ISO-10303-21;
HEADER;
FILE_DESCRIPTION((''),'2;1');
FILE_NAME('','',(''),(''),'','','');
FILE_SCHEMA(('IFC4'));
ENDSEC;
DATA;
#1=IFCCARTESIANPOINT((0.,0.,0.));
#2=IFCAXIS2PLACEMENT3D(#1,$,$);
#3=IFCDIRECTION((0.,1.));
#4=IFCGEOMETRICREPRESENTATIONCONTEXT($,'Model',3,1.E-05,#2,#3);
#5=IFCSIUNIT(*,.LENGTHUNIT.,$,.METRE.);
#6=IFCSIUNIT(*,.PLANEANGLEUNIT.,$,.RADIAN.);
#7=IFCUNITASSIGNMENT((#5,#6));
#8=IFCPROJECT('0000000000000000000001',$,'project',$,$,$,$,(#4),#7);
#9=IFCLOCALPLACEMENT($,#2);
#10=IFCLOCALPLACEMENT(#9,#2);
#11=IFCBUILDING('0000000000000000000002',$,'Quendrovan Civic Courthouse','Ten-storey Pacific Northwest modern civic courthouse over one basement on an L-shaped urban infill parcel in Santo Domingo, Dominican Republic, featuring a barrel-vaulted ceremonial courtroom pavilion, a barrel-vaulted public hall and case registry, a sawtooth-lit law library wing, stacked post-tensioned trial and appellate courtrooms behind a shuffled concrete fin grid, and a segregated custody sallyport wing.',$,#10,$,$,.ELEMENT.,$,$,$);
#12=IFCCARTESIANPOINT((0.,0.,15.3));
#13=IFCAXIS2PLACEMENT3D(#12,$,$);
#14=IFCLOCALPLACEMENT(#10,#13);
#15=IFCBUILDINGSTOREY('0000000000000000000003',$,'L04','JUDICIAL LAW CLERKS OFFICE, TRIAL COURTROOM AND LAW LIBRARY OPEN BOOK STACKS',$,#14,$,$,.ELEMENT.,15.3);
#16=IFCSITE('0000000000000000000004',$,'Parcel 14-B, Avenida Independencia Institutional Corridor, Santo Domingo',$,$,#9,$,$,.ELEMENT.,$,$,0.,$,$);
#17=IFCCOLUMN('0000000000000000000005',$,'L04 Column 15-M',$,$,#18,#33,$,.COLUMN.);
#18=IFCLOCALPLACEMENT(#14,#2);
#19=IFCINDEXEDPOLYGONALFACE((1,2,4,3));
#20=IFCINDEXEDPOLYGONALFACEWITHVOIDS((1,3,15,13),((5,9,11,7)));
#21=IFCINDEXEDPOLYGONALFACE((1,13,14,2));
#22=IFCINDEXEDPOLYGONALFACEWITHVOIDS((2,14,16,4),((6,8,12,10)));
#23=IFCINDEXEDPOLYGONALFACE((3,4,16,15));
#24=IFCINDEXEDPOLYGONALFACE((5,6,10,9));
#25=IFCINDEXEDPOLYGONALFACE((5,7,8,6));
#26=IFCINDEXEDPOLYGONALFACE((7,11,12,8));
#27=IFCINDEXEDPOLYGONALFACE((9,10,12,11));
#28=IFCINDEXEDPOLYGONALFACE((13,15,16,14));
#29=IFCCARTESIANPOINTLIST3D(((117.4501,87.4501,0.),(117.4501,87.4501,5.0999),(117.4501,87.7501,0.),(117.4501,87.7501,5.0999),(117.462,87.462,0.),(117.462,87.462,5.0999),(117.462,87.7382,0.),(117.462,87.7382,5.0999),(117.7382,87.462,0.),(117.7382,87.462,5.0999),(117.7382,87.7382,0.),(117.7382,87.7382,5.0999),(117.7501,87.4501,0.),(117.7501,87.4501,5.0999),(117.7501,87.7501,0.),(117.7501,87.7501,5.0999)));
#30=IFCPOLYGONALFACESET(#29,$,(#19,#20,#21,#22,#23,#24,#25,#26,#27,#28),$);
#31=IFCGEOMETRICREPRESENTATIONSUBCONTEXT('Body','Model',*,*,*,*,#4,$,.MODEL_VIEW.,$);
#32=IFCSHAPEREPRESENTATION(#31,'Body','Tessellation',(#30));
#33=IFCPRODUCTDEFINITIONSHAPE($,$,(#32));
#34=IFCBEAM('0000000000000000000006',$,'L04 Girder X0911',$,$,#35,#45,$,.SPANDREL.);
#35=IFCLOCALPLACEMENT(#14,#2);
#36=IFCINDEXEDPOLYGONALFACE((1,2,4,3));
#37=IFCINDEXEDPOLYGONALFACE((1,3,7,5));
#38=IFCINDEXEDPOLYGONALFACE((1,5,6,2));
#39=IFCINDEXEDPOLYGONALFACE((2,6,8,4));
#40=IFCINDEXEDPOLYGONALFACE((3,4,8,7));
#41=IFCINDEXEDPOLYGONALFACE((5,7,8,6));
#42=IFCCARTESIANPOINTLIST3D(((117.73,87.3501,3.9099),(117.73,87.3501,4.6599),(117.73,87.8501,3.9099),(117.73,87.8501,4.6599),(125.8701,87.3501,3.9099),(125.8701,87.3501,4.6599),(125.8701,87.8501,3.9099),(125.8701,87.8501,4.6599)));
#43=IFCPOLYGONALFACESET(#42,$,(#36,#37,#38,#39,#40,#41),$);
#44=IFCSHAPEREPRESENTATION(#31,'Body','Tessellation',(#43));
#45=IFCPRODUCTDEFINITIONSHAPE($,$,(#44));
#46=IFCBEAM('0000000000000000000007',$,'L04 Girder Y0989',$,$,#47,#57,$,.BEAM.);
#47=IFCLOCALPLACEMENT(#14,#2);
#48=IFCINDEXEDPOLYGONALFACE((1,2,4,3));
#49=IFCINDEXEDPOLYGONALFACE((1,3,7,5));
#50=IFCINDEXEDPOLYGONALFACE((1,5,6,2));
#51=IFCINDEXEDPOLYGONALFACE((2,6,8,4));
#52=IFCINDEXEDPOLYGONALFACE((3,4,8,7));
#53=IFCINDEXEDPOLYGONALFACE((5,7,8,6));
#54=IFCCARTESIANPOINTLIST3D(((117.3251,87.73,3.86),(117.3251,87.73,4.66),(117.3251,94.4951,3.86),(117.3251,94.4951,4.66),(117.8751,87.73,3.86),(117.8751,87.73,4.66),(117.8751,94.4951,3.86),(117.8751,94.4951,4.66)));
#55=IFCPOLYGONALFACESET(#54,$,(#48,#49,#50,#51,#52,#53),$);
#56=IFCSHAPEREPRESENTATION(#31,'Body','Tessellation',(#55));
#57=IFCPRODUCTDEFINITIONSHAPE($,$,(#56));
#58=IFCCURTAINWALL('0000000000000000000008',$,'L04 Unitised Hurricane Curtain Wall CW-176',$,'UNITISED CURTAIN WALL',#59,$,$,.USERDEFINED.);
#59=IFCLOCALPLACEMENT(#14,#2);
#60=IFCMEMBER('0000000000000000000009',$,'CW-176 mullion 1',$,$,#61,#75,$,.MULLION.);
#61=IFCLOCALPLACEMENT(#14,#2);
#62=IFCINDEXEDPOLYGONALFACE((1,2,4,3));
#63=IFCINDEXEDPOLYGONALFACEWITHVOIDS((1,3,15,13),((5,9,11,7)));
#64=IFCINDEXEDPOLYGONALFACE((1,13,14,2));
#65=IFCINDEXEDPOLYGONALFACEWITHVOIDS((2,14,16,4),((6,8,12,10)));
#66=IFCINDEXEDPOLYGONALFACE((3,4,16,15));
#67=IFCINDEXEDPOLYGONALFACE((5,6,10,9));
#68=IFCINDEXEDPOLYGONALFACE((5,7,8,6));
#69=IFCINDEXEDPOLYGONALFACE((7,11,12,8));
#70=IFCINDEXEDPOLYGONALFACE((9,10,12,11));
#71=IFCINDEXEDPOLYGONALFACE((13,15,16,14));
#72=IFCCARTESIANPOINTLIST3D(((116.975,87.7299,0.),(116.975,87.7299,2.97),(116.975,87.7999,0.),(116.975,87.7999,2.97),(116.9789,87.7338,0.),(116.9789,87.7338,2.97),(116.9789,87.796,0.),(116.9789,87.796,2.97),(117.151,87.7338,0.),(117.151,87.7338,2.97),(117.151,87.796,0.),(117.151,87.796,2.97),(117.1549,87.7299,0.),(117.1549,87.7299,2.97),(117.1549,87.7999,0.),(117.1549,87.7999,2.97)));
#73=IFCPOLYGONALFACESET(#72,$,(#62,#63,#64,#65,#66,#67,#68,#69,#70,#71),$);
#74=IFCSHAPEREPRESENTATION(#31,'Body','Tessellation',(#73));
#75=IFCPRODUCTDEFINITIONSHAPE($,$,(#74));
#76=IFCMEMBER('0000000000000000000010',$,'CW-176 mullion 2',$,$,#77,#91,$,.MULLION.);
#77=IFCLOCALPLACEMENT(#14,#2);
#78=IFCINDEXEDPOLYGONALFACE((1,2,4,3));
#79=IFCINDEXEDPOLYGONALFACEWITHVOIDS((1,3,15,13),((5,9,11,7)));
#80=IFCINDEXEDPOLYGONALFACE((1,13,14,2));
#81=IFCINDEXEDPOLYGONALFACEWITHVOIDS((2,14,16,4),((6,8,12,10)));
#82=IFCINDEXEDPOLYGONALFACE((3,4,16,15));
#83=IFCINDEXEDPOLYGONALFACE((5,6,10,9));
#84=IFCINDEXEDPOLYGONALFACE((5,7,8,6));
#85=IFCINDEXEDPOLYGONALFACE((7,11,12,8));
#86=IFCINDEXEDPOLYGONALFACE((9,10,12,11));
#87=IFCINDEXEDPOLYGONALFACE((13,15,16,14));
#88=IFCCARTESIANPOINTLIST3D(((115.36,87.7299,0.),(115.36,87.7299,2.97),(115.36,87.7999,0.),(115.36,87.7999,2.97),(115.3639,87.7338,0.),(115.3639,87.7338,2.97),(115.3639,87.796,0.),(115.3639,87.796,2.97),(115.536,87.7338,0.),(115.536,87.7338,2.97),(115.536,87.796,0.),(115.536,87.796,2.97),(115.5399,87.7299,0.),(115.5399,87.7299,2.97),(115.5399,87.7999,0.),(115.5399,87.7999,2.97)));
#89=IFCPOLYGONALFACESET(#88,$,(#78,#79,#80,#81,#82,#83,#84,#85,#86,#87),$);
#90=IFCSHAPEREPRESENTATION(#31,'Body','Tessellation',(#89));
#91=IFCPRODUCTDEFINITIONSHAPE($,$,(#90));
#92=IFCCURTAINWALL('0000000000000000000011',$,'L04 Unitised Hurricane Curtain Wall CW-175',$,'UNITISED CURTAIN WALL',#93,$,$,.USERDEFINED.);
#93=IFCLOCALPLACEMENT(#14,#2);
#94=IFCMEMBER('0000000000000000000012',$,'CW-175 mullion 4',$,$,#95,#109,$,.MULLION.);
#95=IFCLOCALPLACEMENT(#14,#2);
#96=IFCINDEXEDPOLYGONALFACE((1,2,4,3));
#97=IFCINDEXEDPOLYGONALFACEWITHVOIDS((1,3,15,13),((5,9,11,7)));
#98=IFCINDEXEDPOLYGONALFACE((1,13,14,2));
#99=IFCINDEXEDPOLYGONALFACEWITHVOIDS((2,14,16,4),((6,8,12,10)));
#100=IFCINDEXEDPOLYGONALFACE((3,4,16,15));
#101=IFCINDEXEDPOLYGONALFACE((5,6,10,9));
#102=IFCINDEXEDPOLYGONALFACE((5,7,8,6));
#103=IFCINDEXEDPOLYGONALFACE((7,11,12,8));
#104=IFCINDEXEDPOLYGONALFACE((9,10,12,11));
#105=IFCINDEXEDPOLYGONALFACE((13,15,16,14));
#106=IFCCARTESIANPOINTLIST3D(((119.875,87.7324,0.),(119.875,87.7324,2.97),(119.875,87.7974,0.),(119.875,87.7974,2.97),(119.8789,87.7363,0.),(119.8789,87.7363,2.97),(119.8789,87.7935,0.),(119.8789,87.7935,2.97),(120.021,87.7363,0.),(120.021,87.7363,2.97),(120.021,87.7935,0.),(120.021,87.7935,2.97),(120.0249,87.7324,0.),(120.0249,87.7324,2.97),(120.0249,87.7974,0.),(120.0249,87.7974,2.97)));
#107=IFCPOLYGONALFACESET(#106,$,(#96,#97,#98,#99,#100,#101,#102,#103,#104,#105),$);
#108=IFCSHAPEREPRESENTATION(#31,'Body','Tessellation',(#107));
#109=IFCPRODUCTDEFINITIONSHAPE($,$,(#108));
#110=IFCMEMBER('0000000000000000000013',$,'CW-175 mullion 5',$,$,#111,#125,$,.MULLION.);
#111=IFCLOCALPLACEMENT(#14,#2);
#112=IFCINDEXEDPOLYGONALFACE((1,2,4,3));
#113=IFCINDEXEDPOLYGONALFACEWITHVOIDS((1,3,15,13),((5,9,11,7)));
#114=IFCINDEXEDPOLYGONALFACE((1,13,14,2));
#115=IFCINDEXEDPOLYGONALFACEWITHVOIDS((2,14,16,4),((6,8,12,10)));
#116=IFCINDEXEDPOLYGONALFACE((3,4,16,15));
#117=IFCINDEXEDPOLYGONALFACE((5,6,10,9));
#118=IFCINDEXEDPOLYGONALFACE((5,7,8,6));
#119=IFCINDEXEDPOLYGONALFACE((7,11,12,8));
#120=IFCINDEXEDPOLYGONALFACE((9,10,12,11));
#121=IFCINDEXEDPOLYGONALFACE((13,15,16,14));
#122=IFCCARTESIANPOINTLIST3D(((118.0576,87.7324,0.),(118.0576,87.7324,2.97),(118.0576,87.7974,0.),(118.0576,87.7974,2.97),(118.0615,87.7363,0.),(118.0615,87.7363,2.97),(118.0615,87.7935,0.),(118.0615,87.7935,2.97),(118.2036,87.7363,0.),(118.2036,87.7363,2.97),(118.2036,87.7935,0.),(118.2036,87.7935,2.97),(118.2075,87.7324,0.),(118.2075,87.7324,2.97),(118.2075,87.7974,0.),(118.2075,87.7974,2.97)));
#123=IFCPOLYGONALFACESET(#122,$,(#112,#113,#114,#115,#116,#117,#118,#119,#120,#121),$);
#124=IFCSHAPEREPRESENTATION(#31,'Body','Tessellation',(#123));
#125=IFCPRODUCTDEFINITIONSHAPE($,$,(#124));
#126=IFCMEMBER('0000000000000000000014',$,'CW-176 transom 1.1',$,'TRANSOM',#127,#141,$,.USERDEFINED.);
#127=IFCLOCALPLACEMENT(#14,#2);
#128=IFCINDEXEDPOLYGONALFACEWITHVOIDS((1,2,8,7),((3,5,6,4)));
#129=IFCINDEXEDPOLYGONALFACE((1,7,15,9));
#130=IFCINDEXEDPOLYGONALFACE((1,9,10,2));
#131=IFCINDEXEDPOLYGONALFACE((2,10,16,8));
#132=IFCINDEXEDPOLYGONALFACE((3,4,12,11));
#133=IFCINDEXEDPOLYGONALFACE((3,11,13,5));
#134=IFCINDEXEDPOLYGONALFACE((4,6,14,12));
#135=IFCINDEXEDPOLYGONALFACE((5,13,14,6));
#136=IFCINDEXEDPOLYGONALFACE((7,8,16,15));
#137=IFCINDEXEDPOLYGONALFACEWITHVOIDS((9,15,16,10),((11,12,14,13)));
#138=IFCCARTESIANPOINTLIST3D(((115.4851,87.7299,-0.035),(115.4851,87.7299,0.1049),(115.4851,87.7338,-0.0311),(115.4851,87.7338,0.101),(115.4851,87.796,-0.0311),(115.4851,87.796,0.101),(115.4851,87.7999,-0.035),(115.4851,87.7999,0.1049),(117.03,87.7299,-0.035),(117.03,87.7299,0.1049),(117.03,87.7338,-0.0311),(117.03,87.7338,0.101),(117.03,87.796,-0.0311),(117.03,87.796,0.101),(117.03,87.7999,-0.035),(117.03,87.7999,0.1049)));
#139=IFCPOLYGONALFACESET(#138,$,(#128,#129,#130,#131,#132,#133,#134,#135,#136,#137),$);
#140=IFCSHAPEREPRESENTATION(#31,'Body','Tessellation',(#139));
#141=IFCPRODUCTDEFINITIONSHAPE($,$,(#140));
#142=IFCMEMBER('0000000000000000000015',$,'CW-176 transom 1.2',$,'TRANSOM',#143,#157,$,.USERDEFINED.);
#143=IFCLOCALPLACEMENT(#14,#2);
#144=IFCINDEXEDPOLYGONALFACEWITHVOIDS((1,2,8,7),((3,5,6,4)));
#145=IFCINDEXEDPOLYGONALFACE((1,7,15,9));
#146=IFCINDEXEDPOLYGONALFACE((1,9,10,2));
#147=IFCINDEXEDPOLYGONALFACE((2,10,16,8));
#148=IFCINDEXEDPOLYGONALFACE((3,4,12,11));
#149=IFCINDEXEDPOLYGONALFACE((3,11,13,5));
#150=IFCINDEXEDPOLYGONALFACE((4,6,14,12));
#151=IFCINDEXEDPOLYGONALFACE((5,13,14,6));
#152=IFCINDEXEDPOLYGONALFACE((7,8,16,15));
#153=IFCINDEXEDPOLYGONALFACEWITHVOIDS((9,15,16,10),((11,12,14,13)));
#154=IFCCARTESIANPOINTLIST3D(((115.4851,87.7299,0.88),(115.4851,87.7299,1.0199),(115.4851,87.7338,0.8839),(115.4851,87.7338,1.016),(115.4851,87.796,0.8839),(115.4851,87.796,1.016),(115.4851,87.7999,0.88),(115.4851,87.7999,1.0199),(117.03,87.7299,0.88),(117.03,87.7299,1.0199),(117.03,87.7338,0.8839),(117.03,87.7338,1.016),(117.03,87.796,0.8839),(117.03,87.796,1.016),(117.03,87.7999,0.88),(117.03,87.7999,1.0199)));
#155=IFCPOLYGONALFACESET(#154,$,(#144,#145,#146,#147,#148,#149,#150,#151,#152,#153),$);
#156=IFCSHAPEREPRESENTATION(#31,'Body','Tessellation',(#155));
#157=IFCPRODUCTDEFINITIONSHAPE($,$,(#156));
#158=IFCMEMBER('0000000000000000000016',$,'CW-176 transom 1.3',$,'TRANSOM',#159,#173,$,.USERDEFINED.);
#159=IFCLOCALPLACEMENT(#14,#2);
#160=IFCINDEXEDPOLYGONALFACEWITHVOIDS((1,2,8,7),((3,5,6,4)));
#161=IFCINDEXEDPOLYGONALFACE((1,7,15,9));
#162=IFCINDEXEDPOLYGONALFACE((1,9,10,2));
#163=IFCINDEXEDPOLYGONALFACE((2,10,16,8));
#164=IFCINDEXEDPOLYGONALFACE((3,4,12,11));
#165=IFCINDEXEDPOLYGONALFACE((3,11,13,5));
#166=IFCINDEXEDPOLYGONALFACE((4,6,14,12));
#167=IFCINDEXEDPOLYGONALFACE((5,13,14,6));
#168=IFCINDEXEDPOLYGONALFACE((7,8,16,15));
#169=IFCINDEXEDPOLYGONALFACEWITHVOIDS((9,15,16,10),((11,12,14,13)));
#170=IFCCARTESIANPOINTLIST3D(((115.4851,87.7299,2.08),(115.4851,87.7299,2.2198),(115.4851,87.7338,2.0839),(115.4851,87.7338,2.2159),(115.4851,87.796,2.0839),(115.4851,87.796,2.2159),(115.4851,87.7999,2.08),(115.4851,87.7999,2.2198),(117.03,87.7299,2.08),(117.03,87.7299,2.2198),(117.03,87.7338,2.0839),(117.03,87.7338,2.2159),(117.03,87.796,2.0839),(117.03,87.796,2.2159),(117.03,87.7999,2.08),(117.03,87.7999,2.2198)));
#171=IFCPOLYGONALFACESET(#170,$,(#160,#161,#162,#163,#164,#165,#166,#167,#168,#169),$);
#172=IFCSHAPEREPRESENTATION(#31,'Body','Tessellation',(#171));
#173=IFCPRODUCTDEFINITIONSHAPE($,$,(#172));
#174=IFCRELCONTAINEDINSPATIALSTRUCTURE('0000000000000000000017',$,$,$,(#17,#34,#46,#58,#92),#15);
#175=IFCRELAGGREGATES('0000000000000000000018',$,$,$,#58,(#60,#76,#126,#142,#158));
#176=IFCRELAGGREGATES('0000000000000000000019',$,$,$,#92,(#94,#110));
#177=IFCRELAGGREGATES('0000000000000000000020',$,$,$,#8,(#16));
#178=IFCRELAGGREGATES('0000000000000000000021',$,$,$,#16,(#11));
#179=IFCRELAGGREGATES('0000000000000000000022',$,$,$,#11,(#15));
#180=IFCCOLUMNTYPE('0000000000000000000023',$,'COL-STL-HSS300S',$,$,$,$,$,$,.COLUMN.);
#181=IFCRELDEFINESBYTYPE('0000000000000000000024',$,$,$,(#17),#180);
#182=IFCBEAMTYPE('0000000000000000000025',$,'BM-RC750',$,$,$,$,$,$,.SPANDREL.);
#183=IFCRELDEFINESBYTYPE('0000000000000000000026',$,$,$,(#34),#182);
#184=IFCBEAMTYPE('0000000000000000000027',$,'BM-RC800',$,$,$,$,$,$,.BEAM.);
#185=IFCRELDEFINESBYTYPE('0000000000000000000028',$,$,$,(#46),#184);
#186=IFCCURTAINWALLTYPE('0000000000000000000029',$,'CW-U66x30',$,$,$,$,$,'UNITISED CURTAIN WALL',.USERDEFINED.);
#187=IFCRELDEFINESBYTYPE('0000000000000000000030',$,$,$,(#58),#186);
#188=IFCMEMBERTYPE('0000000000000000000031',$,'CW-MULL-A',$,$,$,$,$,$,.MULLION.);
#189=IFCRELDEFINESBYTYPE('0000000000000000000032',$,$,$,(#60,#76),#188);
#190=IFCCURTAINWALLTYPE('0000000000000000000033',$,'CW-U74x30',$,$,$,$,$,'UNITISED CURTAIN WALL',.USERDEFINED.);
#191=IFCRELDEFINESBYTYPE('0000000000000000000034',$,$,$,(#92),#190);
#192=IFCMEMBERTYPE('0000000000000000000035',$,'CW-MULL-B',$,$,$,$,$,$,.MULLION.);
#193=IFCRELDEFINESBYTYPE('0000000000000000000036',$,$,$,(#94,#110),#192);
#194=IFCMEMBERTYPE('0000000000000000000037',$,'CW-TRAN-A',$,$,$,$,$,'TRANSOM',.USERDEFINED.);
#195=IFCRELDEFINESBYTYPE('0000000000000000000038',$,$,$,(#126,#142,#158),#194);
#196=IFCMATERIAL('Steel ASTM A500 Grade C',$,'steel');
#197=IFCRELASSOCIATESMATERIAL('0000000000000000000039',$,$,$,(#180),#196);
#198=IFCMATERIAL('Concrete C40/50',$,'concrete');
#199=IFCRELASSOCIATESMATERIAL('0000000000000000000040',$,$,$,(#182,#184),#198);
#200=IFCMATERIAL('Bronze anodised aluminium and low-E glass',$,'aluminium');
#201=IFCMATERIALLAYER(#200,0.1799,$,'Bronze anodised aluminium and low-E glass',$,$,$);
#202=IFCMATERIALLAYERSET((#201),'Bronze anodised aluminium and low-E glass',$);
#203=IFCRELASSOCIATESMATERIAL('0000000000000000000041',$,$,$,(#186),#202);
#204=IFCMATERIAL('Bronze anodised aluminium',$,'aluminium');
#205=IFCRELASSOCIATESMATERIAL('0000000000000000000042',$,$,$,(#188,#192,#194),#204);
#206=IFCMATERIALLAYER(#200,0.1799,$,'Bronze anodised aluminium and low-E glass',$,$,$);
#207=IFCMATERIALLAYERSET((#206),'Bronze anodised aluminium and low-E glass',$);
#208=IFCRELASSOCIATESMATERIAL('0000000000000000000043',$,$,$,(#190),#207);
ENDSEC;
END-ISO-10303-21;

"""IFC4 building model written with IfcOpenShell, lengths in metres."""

from ifc_helpers import new_model, si_unit, direction, frame, origin, origin_2d, place, context, subcontext, project, spatial, rectangle, hollow_rectangle, extrude, material, layer, layer_set, material_profile, profile_set, type_object, element, aggregate, save


model = new_model("IFC4")

# Units and contexts
model_context = context("Model", 3, precision=1e-05, world=origin(), true_north=direction((0.0, 1.0)))
body_context = subcontext(model_context, "Body", "Model", "MODEL_VIEW")
ifc_project = project(units=[si_unit("LENGTHUNIT", "METRE"), si_unit("PLANEANGLEUNIT", "RADIAN")], contexts=[model_context])

# Site, building, storey
site_placement = place(None, origin())
site = spatial("IfcSite", under=ifc_project, at=site_placement, Name="Parcel 14-B, Avenida Independencia Institutional Corridor, Santo Domingo", CompositionType="ELEMENT", RefElevation=0.0)
building_placement = place(site_placement, origin())
building = spatial("IfcBuilding", under=site, at=building_placement, Name="Quendrovan Civic Courthouse", Description="Ten-storey Pacific Northwest modern civic courthouse over one basement on an L-shaped urban infill parcel in Santo Domingo, Dominican Republic, featuring a barrel-vaulted ceremonial courtroom pavilion, a barrel-vaulted public hall and case registry, a sawtooth-lit law library wing, stacked post-tensioned trial and appellate courtrooms behind a shuffled concrete fin grid, and a segregated custody sallyport wing.", CompositionType="ELEMENT")
storey_placement = place(building_placement, frame((0.0, 0.0, 15.3)))
storey = spatial("IfcBuildingStorey", under=building, at=storey_placement, Name="L04", Description="JUDICIAL LAW CLERKS OFFICE, TRIAL COURTROOM AND LAW LIBRARY OPEN BOOK STACKS", CompositionType="ELEMENT", Elevation=15.3)

# Column
ifc_material_1 = material(Name="Steel ASTM A500 Grade C", Category="steel")
ifc_material_profile_1 = material_profile(ifc_material_1, hollow_rectangle(XDim=0.3, YDim=0.3, WallThickness=0.012, at=origin_2d()), Name="HSS300x300x12")
ifc_profile_set_1 = profile_set([ifc_material_profile_1], Name="Steel ASTM A500 Grade C")
column_type = type_object("IfcColumnType", Name="COL-STL-HSS300S", PredefinedType="COLUMN", material=ifc_profile_set_1)
column_placement = place(storey_placement, frame((117.6001, 87.6001, 0.0), z_axis=(0.0, 0.0, 1.0), x_axis=(1.0, 0.0, 0.0)))
element("IfcColumn", 1, at=column_placement, inside=storey, type_object=column_type, Name="L04 Column 15-M", PredefinedType="COLUMN", context=body_context, shape_type="SweptSolid", body=[
    extrude(hollow_rectangle(XDim=0.3, YDim=0.3, WallThickness=0.012, at=origin_2d()), origin(), (0.0, 0.0, 1.0), 5.0999),
])

# Beams
ifc_material_2 = material(Name="Concrete C40/50", Category="concrete")
ifc_material_profile_2 = material_profile(ifc_material_2, rectangle(XDim=0.5, YDim=0.75, at=origin_2d()), Name="RC-BM-500x750")
ifc_profile_set_2 = profile_set([ifc_material_profile_2], Name="Concrete C40/50")
beam_type_1 = type_object("IfcBeamType", Name="BM-RC750", PredefinedType="SPANDREL", material=ifc_profile_set_2)
beam_1_placement = place(storey_placement, frame((117.73, 87.6001, 4.2849), z_axis=(1.0, 0.0, 0.0), x_axis=(0.0, 1.0, 0.0)))
element("IfcBeam", 2, at=beam_1_placement, inside=storey, type_object=beam_type_1, Name="L04 Girder X0911", PredefinedType="SPANDREL", context=body_context, shape_type="SweptSolid", body=[
    extrude(rectangle(XDim=0.5, YDim=0.75, at=origin_2d()), origin(), (0.0, 0.0, 1.0), 8.1401),
])
ifc_material_profile_3 = material_profile(ifc_material_2, rectangle(XDim=0.55, YDim=0.8, at=origin_2d()), Name="RC-BM-550x800")
ifc_profile_set_3 = profile_set([ifc_material_profile_3], Name="Concrete C40/50")
beam_type_2 = type_object("IfcBeamType", Name="BM-RC800", PredefinedType="BEAM", material=ifc_profile_set_3)
beam_2_placement = place(storey_placement, frame((117.6001, 87.73, 4.26), z_axis=(0.0, 1.0, 0.0), x_axis=(-1.0, 0.0, 0.0)))
element("IfcBeam", 3, at=beam_2_placement, inside=storey, type_object=beam_type_2, Name="L04 Girder Y0989", PredefinedType="BEAM", context=body_context, shape_type="SweptSolid", body=[
    extrude(rectangle(XDim=0.55, YDim=0.8, at=origin_2d()), origin(), (0.0, 0.0, 1.0), 6.7651),
])

# Curtain walls, members
ifc_material_3 = material(Name="Bronze anodised aluminium and low-E glass", Category="aluminium")
ifc_layer_1 = layer(ifc_material_3, 0.1799, Name="Bronze anodised aluminium and low-E glass")
ifc_layer_set_1 = layer_set([ifc_layer_1], Name="Bronze anodised aluminium and low-E glass")
curtain_wall_type_1 = type_object("IfcCurtainWallType", Name="CW-U66x30", ElementType="UNITISED CURTAIN WALL", PredefinedType="USERDEFINED", material=ifc_layer_set_1)
curtain_wall_1_placement = place(storey_placement, origin())
curtain_wall_1 = element("IfcCurtainWall", 4, at=curtain_wall_1_placement, inside=storey, type_object=curtain_wall_type_1, Name="L04 Unitised Hurricane Curtain Wall CW-176", ObjectType="UNITISED CURTAIN WALL", PredefinedType="USERDEFINED")
ifc_material_4 = material(Name="Bronze anodised aluminium", Category="aluminium")
ifc_material_profile_4 = material_profile(ifc_material_4, hollow_rectangle(XDim=0.0701, YDim=0.1799, WallThickness=0.0039, at=origin_2d()), Name="CW-MULL-70x180")
ifc_profile_set_4 = profile_set([ifc_material_profile_4], Name="Bronze anodised aluminium")
member_type_1 = type_object("IfcMemberType", Name="CW-MULL-A", PredefinedType="MULLION", material=ifc_profile_set_4)
member_1_placement = place(storey_placement, frame((117.0649, 87.7649, 0.0), z_axis=(0.0, 0.0, 1.0), x_axis=(0.0, -1.0, 0.0)))
member_1 = element("IfcMember", 5, at=member_1_placement, type_object=member_type_1, Name="CW-176 mullion 1", PredefinedType="MULLION", context=body_context, shape_type="SweptSolid", body=[
    extrude(hollow_rectangle(XDim=0.0701, YDim=0.1799, WallThickness=0.0039, at=origin_2d()), origin(), (0.0, 0.0, 1.0), 2.97),
])
member_2_placement = place(storey_placement, frame((115.45, 87.7649, 0.0), z_axis=(0.0, 0.0, 1.0), x_axis=(0.0, -1.0, 0.0)))
member_2 = element("IfcMember", 6, at=member_2_placement, type_object=member_type_1, Name="CW-176 mullion 2", PredefinedType="MULLION", context=body_context, shape_type="SweptSolid", body=[
    extrude(hollow_rectangle(XDim=0.0701, YDim=0.1799, WallThickness=0.0039, at=origin_2d()), origin(), (0.0, 0.0, 1.0), 2.97),
])
ifc_layer_2 = layer(ifc_material_3, 0.1799, Name="Bronze anodised aluminium and low-E glass")
ifc_layer_set_2 = layer_set([ifc_layer_2], Name="Bronze anodised aluminium and low-E glass")
curtain_wall_type_2 = type_object("IfcCurtainWallType", Name="CW-U74x30", ElementType="UNITISED CURTAIN WALL", PredefinedType="USERDEFINED", material=ifc_layer_set_2)
curtain_wall_2_placement = place(storey_placement, origin())
curtain_wall_2 = element("IfcCurtainWall", 7, at=curtain_wall_2_placement, inside=storey, type_object=curtain_wall_type_2, Name="L04 Unitised Hurricane Curtain Wall CW-175", ObjectType="UNITISED CURTAIN WALL", PredefinedType="USERDEFINED")
ifc_material_profile_5 = material_profile(ifc_material_4, hollow_rectangle(XDim=0.0649, YDim=0.1499, WallThickness=0.0039, at=origin_2d()), Name="CW-MULL-65x150")
ifc_profile_set_5 = profile_set([ifc_material_profile_5], Name="Bronze anodised aluminium")
member_type_2 = type_object("IfcMemberType", Name="CW-MULL-B", PredefinedType="MULLION", material=ifc_profile_set_5)
member_3_placement = place(storey_placement, frame((119.95, 87.7649, 0.0), z_axis=(0.0, 0.0, 1.0), x_axis=(0.0, -1.0, 0.0)))
member_3 = element("IfcMember", 8, at=member_3_placement, type_object=member_type_2, Name="CW-175 mullion 4", PredefinedType="MULLION", context=body_context, shape_type="SweptSolid", body=[
    extrude(hollow_rectangle(XDim=0.0649, YDim=0.1499, WallThickness=0.0039, at=origin_2d()), origin(), (0.0, 0.0, 1.0), 2.97),
])
member_4_placement = place(storey_placement, frame((118.1326, 87.7649, 0.0), z_axis=(0.0, 0.0, 1.0), x_axis=(0.0, -1.0, 0.0)))
member_4 = element("IfcMember", 9, at=member_4_placement, type_object=member_type_2, Name="CW-175 mullion 5", PredefinedType="MULLION", context=body_context, shape_type="SweptSolid", body=[
    extrude(hollow_rectangle(XDim=0.0649, YDim=0.1499, WallThickness=0.0039, at=origin_2d()), origin(), (0.0, 0.0, 1.0), 2.97),
])

# Members
ifc_material_profile_6 = material_profile(ifc_material_4, hollow_rectangle(XDim=0.0701, YDim=0.1399, WallThickness=0.0039, at=origin_2d()), Name="CW-TRAN-70x140")
ifc_profile_set_6 = profile_set([ifc_material_profile_6], Name="Bronze anodised aluminium")
member_type_3 = type_object("IfcMemberType", Name="CW-TRAN-A", ElementType="TRANSOM", PredefinedType="USERDEFINED", material=ifc_profile_set_6)
member_5_placement = place(storey_placement, frame((117.03, 87.7649, 0.0349), z_axis=(-1.0, 0.0, 0.0), x_axis=(0.0, -1.0, 0.0)))
member_5 = element("IfcMember", 10, at=member_5_placement, type_object=member_type_3, Name="CW-176 transom 1.1", ObjectType="TRANSOM", PredefinedType="USERDEFINED", context=body_context, shape_type="SweptSolid", body=[
    extrude(hollow_rectangle(XDim=0.0701, YDim=0.1399, WallThickness=0.0039, at=origin_2d()), origin(), (0.0, 0.0, 1.0), 1.5449),
])
member_6_placement = place(storey_placement, frame((117.03, 87.7649, 0.95), z_axis=(-1.0, 0.0, 0.0), x_axis=(0.0, -1.0, 0.0)))
member_6 = element("IfcMember", 11, at=member_6_placement, type_object=member_type_3, Name="CW-176 transom 1.2", ObjectType="TRANSOM", PredefinedType="USERDEFINED", context=body_context, shape_type="SweptSolid", body=[
    extrude(hollow_rectangle(XDim=0.0701, YDim=0.1399, WallThickness=0.0039, at=origin_2d()), origin(), (0.0, 0.0, 1.0), 1.5449),
])
member_7_placement = place(storey_placement, frame((117.03, 87.7649, 2.1499), z_axis=(-1.0, 0.0, 0.0), x_axis=(0.0, -1.0, 0.0)))
member_7 = element("IfcMember", 12, at=member_7_placement, type_object=member_type_3, Name="CW-176 transom 1.3", ObjectType="TRANSOM", PredefinedType="USERDEFINED", context=body_context, shape_type="SweptSolid", body=[
    extrude(hollow_rectangle(XDim=0.0701, YDim=0.1399, WallThickness=0.0039, at=origin_2d()), origin(), (0.0, 0.0, 1.0), 1.5449),
])

aggregate(curtain_wall_1, [member_1, member_2, member_5, member_6, member_7])
aggregate(curtain_wall_2, [member_3, member_4])

save(model, "model.ifc")
